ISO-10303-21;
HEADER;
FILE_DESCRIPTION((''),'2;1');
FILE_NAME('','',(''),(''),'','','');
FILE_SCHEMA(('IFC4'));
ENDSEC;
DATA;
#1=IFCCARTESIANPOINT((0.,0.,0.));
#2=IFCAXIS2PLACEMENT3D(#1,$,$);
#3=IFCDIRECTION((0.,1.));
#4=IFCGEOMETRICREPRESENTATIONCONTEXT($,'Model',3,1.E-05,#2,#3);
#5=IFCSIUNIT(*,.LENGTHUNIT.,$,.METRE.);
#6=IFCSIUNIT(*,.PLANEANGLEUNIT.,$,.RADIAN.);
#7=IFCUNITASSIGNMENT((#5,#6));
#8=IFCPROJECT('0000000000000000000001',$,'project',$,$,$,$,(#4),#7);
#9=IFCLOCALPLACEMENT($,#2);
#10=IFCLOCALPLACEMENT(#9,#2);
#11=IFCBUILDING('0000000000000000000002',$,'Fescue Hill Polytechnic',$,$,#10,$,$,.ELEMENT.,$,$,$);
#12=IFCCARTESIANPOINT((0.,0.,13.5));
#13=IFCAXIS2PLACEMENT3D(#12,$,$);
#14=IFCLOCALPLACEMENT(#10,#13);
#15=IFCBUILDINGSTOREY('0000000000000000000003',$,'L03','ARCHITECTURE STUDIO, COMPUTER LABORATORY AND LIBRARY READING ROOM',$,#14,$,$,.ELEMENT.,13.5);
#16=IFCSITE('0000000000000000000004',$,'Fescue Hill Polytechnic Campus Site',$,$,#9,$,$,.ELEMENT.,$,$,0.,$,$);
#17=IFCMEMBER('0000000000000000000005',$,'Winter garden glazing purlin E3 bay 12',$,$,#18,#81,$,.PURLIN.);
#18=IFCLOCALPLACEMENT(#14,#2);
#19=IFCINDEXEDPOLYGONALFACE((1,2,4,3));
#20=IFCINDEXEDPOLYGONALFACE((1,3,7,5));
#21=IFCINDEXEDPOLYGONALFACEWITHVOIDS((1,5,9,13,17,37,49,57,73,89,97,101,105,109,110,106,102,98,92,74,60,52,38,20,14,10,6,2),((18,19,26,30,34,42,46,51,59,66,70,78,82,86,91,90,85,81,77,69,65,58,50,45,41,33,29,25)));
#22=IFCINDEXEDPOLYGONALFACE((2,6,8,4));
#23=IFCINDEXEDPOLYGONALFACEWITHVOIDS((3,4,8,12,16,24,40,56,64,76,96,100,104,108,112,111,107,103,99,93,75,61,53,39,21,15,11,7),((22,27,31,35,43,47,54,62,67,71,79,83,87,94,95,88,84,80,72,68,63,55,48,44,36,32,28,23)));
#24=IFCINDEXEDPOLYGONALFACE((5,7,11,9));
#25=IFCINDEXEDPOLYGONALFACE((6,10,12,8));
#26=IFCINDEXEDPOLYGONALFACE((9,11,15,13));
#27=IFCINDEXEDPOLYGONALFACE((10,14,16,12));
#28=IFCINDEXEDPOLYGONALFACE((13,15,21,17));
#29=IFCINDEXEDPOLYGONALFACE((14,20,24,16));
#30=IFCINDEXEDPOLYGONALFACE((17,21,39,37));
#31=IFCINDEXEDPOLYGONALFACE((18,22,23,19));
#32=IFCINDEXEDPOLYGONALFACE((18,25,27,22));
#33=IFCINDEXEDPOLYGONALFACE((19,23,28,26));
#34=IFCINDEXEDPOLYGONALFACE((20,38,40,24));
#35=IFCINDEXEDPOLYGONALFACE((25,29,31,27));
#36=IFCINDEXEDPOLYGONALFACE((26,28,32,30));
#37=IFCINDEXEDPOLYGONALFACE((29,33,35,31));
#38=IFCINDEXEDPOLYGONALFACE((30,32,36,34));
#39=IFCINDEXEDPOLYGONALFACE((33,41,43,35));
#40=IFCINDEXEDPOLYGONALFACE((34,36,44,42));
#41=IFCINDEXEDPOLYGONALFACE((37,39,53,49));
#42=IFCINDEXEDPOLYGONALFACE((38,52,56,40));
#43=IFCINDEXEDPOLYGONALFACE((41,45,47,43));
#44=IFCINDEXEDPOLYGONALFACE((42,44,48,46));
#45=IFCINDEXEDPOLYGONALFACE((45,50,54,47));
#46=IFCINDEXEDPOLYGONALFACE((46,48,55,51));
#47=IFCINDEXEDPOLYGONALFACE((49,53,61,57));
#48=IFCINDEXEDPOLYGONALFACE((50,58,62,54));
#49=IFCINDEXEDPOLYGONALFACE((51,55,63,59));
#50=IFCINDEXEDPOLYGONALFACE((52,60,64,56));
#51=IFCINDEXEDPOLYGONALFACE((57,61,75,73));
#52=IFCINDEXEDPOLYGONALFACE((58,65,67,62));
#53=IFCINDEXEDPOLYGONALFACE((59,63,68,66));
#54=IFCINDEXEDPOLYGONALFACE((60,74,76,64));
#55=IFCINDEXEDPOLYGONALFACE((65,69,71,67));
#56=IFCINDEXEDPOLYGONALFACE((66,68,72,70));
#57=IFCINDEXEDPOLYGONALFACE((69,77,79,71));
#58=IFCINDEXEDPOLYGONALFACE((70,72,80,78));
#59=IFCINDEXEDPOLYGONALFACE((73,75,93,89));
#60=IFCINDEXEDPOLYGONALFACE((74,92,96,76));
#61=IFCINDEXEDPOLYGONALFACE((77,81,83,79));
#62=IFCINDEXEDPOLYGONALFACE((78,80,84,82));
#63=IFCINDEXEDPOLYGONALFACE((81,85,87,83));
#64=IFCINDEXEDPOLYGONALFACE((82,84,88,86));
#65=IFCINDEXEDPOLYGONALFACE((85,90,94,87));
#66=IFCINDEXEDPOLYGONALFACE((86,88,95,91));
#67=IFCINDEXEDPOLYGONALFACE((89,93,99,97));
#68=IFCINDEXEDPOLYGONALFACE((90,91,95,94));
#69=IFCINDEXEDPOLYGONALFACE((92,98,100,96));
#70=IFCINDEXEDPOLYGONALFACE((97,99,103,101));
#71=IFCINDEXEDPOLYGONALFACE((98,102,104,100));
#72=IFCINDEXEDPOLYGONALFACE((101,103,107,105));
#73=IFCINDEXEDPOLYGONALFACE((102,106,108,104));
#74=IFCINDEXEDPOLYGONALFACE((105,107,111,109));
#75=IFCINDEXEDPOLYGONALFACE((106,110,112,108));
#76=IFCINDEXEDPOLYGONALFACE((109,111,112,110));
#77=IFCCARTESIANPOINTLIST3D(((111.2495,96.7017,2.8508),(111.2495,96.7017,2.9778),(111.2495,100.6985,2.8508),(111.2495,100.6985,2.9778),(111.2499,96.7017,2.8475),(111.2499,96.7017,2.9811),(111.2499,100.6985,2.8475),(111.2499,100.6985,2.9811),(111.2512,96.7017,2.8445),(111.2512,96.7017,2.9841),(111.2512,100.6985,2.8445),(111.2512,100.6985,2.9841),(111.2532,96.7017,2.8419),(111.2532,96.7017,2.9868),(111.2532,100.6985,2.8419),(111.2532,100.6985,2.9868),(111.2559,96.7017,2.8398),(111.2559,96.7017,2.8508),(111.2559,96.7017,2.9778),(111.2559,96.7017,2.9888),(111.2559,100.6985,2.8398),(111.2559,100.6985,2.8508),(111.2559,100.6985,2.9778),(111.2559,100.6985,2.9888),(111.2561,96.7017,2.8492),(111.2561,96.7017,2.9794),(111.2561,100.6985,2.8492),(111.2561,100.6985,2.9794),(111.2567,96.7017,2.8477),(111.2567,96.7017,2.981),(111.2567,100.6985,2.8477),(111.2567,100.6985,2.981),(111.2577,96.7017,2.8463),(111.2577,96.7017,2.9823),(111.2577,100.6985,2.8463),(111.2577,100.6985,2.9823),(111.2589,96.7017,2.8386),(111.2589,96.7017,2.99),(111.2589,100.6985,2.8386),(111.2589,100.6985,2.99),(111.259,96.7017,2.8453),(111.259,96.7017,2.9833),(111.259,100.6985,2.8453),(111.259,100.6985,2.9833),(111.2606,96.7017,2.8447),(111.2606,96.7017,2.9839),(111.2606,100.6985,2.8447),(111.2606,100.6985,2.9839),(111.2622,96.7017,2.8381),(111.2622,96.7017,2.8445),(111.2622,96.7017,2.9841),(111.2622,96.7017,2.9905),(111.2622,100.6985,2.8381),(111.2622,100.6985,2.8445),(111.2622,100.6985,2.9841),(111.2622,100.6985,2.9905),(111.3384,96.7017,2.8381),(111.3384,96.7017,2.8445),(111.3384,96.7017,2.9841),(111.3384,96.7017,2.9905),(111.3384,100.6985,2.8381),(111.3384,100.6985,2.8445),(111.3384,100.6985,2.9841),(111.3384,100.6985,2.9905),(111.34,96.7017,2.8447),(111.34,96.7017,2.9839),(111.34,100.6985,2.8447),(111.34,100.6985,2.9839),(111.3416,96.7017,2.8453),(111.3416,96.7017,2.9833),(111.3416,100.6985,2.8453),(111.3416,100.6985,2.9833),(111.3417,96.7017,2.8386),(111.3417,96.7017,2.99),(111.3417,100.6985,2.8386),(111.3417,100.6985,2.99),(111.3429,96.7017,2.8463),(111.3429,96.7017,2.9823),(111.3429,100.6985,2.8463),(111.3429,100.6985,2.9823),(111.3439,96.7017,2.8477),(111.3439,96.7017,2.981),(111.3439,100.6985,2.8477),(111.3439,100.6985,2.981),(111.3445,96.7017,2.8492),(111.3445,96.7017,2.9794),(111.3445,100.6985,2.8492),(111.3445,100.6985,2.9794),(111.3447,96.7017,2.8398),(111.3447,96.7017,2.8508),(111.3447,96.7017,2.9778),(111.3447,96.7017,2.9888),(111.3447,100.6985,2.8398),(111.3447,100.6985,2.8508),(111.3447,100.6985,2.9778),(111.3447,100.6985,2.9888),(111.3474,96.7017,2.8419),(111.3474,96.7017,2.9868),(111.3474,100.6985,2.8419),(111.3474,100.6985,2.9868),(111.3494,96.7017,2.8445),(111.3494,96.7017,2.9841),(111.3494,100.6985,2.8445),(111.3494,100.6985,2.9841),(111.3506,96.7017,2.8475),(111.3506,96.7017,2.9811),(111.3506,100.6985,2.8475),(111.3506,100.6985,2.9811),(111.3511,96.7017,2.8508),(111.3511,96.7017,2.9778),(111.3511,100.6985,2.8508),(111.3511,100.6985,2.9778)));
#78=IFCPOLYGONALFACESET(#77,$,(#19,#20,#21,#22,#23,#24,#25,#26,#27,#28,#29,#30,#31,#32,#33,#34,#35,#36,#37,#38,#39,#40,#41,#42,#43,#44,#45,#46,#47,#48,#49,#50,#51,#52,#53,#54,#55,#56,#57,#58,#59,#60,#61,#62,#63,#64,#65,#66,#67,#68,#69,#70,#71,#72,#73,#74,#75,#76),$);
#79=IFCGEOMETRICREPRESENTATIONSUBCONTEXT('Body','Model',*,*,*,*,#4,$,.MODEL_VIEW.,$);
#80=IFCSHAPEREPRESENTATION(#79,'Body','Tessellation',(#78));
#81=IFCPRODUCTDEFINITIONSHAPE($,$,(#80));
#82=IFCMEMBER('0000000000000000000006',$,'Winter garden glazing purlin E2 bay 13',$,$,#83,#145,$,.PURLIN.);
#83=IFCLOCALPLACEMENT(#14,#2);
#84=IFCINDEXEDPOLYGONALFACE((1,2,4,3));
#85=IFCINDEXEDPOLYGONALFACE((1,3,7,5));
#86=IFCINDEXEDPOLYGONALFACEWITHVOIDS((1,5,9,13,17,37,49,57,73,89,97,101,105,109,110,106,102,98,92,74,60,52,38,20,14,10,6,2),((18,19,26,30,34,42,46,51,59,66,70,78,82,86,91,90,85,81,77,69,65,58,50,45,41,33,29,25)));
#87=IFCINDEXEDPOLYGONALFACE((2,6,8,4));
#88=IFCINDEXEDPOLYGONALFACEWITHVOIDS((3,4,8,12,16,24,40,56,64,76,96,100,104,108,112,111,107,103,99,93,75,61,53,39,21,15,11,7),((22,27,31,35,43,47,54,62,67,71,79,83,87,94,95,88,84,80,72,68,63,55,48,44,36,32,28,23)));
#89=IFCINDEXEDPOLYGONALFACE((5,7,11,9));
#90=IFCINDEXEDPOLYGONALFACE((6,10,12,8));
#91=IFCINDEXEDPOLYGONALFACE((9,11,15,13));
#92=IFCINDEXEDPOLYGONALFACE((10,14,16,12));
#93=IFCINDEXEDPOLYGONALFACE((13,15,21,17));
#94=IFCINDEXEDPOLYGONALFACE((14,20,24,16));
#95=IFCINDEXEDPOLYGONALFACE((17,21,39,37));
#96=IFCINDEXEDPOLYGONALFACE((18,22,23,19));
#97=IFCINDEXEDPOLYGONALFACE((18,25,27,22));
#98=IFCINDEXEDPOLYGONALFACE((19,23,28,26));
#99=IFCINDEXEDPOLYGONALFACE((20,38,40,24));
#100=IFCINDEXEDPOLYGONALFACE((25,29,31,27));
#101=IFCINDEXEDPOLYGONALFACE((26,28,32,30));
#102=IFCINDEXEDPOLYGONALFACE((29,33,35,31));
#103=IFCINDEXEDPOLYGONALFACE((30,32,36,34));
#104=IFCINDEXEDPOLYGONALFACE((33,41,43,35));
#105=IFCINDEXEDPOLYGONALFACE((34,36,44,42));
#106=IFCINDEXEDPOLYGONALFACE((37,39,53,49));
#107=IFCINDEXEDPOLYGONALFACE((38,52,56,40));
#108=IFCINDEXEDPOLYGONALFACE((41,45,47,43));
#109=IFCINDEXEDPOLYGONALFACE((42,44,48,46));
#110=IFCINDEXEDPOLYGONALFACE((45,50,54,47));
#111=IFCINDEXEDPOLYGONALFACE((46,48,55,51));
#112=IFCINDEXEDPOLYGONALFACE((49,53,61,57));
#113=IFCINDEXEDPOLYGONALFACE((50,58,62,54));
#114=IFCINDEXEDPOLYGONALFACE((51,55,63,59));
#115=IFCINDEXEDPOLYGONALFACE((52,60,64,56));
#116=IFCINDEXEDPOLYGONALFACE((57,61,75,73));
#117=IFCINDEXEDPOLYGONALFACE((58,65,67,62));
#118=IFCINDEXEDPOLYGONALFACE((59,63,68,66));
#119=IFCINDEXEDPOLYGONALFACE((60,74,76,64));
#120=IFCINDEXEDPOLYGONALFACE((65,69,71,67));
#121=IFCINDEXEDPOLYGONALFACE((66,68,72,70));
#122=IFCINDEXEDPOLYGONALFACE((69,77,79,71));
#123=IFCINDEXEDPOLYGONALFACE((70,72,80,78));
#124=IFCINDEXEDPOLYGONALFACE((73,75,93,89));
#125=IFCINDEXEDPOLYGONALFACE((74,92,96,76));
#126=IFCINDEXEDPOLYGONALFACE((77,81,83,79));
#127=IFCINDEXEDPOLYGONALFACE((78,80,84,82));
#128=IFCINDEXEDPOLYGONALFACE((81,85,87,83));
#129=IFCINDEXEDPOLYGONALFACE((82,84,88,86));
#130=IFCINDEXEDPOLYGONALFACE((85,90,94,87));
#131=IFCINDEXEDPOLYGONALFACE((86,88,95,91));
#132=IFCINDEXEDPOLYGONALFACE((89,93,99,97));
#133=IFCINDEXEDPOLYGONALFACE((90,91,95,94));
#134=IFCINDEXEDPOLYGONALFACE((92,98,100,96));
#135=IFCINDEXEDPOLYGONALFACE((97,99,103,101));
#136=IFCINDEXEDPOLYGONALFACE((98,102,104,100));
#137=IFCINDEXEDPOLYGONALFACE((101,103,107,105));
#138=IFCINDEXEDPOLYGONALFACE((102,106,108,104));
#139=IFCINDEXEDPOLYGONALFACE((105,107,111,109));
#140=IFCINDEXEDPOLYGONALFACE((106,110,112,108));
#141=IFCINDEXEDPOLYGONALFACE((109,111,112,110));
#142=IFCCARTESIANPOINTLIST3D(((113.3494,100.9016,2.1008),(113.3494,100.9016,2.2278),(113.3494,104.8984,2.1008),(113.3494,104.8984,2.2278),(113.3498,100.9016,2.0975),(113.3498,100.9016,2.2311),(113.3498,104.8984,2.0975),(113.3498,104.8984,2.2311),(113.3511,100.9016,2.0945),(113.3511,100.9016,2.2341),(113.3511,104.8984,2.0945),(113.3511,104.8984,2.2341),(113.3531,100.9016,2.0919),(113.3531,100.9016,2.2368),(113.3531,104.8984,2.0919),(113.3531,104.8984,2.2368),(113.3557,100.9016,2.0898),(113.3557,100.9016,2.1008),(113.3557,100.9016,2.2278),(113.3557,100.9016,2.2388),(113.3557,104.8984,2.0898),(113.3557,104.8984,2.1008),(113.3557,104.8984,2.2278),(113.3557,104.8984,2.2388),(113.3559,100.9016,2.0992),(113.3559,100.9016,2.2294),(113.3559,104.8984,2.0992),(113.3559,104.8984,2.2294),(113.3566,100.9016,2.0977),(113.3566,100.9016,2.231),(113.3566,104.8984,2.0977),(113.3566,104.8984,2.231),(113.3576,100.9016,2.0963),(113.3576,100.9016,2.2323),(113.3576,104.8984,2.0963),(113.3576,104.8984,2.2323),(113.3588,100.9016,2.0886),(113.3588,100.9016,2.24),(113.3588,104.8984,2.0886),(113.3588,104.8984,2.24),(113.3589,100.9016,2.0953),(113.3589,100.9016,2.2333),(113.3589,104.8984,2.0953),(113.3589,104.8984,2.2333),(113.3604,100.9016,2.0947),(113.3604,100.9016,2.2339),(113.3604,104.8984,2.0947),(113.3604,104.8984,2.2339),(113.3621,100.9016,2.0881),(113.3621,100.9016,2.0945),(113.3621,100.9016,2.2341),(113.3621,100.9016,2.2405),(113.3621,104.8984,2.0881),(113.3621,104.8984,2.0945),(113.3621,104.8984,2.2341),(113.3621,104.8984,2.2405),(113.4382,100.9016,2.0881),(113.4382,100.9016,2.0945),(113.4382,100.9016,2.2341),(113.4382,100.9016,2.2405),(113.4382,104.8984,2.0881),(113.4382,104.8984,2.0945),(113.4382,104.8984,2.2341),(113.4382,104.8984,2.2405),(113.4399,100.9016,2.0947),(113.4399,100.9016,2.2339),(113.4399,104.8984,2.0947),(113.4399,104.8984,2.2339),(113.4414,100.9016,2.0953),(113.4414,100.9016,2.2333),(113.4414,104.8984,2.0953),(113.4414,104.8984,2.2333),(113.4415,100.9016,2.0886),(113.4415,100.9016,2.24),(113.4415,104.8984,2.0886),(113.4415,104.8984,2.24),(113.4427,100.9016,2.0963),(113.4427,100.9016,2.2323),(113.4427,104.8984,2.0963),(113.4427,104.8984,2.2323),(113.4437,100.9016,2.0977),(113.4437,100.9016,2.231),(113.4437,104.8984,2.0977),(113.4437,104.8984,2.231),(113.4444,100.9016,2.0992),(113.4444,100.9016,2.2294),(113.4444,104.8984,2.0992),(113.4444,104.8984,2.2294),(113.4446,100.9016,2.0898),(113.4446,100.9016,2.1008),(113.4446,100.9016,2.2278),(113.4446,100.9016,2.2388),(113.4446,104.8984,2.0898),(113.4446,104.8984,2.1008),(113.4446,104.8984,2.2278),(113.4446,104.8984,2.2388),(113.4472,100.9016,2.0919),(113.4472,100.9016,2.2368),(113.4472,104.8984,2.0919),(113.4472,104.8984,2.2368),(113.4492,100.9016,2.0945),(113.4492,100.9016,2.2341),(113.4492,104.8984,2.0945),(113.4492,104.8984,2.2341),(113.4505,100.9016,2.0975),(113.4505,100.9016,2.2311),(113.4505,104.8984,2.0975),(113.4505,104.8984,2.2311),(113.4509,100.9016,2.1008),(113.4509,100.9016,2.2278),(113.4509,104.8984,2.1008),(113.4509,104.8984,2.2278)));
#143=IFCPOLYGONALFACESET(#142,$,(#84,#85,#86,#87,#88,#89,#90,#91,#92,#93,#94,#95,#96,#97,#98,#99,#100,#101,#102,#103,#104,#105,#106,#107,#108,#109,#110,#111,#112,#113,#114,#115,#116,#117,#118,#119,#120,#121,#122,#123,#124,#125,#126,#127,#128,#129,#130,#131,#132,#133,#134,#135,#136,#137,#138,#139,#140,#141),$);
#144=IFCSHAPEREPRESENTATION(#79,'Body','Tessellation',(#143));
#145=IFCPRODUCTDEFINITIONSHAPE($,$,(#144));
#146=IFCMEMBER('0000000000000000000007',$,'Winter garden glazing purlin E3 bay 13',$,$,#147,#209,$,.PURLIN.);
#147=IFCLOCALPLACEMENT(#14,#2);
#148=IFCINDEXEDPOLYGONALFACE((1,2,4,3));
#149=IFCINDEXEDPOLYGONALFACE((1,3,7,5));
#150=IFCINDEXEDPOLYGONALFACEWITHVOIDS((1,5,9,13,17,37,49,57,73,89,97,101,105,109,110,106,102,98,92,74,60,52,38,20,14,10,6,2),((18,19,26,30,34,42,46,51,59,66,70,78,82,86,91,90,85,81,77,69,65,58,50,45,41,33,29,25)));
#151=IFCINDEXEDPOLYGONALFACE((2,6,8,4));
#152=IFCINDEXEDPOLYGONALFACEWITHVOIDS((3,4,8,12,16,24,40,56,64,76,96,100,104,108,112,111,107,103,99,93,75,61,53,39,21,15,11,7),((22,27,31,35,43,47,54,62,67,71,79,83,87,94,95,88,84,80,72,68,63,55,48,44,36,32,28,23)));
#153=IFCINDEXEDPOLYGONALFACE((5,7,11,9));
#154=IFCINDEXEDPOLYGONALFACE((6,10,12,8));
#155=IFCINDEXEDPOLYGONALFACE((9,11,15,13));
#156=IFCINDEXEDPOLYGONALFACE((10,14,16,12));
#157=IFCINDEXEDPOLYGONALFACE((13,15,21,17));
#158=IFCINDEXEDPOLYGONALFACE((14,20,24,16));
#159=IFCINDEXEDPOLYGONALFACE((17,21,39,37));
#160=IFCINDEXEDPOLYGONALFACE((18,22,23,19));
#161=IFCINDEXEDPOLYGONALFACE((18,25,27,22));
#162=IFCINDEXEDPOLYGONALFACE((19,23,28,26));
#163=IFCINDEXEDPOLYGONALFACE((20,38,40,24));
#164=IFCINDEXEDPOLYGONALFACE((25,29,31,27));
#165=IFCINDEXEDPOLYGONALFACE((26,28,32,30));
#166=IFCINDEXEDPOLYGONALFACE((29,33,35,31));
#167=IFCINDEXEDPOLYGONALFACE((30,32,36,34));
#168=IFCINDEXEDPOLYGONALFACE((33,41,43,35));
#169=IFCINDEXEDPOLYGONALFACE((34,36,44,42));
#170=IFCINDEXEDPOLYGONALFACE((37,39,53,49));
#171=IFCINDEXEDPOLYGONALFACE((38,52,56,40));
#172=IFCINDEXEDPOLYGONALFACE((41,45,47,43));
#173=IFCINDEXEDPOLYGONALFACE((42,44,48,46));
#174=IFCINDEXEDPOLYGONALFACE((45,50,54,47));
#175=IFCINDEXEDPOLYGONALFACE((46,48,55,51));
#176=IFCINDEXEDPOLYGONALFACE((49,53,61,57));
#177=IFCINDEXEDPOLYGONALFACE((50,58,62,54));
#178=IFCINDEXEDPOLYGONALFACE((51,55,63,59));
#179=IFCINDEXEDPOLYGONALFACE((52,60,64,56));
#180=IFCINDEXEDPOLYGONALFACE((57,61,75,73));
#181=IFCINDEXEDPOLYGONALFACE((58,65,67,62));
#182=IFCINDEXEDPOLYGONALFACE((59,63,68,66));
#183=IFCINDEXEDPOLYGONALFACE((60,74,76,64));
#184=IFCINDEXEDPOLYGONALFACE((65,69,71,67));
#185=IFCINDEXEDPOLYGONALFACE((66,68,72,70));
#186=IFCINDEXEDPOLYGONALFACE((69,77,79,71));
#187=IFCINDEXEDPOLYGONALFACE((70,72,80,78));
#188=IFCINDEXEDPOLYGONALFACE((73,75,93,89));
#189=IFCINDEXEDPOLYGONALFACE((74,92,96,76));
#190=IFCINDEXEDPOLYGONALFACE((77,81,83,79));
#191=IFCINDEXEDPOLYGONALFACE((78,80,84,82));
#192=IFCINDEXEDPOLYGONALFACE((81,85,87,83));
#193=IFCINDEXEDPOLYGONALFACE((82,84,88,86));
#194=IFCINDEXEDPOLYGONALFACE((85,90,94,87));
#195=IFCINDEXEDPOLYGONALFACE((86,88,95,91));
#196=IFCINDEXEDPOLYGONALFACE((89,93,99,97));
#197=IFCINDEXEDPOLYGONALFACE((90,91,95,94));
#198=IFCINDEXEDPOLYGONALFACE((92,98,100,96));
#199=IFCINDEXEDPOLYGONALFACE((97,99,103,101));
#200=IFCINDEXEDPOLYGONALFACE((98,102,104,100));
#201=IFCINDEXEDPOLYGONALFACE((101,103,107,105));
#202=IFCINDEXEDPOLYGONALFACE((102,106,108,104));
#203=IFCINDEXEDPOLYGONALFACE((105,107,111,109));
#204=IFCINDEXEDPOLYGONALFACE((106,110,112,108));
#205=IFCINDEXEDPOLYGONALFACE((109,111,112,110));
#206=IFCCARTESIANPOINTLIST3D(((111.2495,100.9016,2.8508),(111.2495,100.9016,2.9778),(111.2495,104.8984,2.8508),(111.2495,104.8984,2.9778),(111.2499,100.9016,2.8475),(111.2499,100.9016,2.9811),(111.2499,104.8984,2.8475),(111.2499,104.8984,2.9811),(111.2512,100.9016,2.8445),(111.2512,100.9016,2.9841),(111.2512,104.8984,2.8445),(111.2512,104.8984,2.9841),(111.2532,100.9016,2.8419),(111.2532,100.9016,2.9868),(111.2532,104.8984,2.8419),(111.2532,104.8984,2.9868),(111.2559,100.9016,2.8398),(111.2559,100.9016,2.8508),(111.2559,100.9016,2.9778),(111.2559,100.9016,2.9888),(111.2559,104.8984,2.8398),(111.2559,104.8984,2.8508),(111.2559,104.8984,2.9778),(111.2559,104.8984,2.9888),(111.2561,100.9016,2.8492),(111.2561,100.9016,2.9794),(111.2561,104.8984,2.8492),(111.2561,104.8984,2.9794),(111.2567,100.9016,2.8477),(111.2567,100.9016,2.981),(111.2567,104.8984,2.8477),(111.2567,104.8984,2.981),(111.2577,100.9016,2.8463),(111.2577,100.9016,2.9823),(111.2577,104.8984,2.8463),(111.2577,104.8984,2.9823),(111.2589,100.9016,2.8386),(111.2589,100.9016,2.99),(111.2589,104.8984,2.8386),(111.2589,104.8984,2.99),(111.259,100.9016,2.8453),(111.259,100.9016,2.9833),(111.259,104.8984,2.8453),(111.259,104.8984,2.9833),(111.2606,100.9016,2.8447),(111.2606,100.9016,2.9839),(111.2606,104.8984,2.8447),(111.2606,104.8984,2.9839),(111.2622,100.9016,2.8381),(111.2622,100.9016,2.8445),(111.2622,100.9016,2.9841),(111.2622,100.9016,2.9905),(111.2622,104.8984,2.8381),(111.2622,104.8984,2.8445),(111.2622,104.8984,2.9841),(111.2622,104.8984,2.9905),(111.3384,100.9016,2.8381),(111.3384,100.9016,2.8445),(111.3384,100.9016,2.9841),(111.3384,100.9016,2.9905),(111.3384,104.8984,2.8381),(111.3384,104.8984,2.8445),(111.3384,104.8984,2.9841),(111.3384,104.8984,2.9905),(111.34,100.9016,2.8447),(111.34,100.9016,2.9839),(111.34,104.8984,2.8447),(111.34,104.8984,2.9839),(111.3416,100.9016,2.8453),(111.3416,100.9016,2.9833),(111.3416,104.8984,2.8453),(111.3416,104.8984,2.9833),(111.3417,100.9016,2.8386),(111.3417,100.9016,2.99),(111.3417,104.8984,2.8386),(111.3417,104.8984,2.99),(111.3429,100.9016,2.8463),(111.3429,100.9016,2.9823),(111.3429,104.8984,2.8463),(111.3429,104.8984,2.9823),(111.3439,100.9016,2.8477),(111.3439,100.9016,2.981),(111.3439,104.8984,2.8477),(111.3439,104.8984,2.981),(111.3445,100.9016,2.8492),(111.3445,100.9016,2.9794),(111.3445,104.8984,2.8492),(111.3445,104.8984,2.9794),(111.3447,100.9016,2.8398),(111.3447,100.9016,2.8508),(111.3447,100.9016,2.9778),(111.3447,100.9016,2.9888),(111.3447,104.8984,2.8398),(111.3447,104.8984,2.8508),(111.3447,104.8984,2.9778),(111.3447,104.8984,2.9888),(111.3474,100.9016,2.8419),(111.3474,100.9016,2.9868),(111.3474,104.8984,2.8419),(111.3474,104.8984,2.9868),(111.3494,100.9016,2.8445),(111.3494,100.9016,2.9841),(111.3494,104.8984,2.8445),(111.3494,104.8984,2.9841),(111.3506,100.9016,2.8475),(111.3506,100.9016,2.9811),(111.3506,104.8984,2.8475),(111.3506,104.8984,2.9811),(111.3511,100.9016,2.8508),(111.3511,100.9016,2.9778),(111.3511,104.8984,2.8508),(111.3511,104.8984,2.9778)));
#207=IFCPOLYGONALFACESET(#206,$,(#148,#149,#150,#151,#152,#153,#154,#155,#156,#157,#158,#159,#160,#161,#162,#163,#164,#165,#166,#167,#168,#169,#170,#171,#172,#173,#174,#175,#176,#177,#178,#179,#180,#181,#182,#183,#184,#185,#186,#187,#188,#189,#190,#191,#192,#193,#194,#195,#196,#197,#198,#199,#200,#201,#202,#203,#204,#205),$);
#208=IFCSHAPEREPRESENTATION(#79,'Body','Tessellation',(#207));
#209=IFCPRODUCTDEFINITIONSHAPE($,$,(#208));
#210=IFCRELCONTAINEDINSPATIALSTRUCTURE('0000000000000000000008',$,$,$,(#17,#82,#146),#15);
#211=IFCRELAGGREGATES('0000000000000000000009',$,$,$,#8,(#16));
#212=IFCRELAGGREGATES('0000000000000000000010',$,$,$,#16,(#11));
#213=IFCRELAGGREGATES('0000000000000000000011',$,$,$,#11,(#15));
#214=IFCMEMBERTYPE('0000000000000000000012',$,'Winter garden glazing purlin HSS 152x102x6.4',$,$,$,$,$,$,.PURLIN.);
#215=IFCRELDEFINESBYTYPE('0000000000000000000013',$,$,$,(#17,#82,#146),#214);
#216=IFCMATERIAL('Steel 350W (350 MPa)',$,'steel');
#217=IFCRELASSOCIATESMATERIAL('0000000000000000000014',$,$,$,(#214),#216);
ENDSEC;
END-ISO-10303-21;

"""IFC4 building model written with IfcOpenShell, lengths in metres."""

from ifc_helpers import new_model, si_unit, direction, frame, origin, origin_2d, place, context, subcontext, project, spatial, hollow_rectangle, extrude, material, material_profile, profile_set, type_object, element, save


model = new_model("IFC4")

# Units and contexts
model_context = context("Model", 3, precision=1e-05, world=origin(), true_north=direction((0.0, 1.0)))
body_context = subcontext(model_context, "Body", "Model", "MODEL_VIEW")
ifc_project = project(units=[si_unit("LENGTHUNIT", "METRE"), si_unit("PLANEANGLEUNIT", "RADIAN")], contexts=[model_context])

# Site, building, storey
site_placement = place(None, origin())
site = spatial("IfcSite", under=ifc_project, at=site_placement, Name="Fescue Hill Polytechnic Campus Site", CompositionType="ELEMENT", RefElevation=0.0)
building_placement = place(site_placement, origin())
building = spatial("IfcBuilding", under=site, at=building_placement, Name="Fescue Hill Polytechnic", CompositionType="ELEMENT")
storey_placement = place(building_placement, frame((0.0, 0.0, 13.5)))
storey = spatial("IfcBuildingStorey", under=building, at=storey_placement, Name="L03", Description="ARCHITECTURE STUDIO, COMPUTER LABORATORY AND LIBRARY READING ROOM", CompositionType="ELEMENT", Elevation=13.5)

# Members
ifc_material_1 = material(Name="Steel 350W (350 MPa)", Category="steel")
ifc_material_profile_1 = material_profile(ifc_material_1, hollow_rectangle(XDim=0.1016, YDim=0.1523, WallThickness=0.0063, InnerFilletRadius=0.0063, OuterFilletRadius=0.0127, at=origin_2d()), Name="Winter garden glazing purlin HSS 152x102x6.4")
ifc_profile_set_1 = profile_set([ifc_material_profile_1], Name="Steel 350W (350 MPa)")
member_type_1 = type_object("IfcMemberType", Name="Winter garden glazing purlin HSS 152x102x6.4", PredefinedType="PURLIN", material=ifc_profile_set_1)
for number, where, z_axis, x_axis, name in (
    (1, (111.3003, 96.7017, 2.9143), (0.0, 1.0, 0.0), (-1.0, 0.0, 0.0), "Winter garden glazing purlin E3 bay 12"),
    (2, (113.4001, 100.9016, 2.1643), (0.0, 1.0, 0.0), (-1.0, 0.0, 0.0), "Winter garden glazing purlin E2 bay 13"),
    (3, (111.3003, 100.9016, 2.9143), (0.0, 1.0, 0.0), (-1.0, 0.0, 0.0), "Winter garden glazing purlin E3 bay 13"),
):
    element("IfcMember", number, at=place(storey_placement, frame(where, z_axis=z_axis, x_axis=x_axis)), inside=storey, type_object=member_type_1, Name=name, PredefinedType="PURLIN", context=body_context, shape_type="SweptSolid", body=[
        extrude(hollow_rectangle(XDim=0.1016, YDim=0.1523, WallThickness=0.0063, InnerFilletRadius=0.0063, OuterFilletRadius=0.0127, at=origin_2d()), origin(), (0.0, 0.0, 1.0), 3.9968),
    ])

save(model, "model.ifc")
